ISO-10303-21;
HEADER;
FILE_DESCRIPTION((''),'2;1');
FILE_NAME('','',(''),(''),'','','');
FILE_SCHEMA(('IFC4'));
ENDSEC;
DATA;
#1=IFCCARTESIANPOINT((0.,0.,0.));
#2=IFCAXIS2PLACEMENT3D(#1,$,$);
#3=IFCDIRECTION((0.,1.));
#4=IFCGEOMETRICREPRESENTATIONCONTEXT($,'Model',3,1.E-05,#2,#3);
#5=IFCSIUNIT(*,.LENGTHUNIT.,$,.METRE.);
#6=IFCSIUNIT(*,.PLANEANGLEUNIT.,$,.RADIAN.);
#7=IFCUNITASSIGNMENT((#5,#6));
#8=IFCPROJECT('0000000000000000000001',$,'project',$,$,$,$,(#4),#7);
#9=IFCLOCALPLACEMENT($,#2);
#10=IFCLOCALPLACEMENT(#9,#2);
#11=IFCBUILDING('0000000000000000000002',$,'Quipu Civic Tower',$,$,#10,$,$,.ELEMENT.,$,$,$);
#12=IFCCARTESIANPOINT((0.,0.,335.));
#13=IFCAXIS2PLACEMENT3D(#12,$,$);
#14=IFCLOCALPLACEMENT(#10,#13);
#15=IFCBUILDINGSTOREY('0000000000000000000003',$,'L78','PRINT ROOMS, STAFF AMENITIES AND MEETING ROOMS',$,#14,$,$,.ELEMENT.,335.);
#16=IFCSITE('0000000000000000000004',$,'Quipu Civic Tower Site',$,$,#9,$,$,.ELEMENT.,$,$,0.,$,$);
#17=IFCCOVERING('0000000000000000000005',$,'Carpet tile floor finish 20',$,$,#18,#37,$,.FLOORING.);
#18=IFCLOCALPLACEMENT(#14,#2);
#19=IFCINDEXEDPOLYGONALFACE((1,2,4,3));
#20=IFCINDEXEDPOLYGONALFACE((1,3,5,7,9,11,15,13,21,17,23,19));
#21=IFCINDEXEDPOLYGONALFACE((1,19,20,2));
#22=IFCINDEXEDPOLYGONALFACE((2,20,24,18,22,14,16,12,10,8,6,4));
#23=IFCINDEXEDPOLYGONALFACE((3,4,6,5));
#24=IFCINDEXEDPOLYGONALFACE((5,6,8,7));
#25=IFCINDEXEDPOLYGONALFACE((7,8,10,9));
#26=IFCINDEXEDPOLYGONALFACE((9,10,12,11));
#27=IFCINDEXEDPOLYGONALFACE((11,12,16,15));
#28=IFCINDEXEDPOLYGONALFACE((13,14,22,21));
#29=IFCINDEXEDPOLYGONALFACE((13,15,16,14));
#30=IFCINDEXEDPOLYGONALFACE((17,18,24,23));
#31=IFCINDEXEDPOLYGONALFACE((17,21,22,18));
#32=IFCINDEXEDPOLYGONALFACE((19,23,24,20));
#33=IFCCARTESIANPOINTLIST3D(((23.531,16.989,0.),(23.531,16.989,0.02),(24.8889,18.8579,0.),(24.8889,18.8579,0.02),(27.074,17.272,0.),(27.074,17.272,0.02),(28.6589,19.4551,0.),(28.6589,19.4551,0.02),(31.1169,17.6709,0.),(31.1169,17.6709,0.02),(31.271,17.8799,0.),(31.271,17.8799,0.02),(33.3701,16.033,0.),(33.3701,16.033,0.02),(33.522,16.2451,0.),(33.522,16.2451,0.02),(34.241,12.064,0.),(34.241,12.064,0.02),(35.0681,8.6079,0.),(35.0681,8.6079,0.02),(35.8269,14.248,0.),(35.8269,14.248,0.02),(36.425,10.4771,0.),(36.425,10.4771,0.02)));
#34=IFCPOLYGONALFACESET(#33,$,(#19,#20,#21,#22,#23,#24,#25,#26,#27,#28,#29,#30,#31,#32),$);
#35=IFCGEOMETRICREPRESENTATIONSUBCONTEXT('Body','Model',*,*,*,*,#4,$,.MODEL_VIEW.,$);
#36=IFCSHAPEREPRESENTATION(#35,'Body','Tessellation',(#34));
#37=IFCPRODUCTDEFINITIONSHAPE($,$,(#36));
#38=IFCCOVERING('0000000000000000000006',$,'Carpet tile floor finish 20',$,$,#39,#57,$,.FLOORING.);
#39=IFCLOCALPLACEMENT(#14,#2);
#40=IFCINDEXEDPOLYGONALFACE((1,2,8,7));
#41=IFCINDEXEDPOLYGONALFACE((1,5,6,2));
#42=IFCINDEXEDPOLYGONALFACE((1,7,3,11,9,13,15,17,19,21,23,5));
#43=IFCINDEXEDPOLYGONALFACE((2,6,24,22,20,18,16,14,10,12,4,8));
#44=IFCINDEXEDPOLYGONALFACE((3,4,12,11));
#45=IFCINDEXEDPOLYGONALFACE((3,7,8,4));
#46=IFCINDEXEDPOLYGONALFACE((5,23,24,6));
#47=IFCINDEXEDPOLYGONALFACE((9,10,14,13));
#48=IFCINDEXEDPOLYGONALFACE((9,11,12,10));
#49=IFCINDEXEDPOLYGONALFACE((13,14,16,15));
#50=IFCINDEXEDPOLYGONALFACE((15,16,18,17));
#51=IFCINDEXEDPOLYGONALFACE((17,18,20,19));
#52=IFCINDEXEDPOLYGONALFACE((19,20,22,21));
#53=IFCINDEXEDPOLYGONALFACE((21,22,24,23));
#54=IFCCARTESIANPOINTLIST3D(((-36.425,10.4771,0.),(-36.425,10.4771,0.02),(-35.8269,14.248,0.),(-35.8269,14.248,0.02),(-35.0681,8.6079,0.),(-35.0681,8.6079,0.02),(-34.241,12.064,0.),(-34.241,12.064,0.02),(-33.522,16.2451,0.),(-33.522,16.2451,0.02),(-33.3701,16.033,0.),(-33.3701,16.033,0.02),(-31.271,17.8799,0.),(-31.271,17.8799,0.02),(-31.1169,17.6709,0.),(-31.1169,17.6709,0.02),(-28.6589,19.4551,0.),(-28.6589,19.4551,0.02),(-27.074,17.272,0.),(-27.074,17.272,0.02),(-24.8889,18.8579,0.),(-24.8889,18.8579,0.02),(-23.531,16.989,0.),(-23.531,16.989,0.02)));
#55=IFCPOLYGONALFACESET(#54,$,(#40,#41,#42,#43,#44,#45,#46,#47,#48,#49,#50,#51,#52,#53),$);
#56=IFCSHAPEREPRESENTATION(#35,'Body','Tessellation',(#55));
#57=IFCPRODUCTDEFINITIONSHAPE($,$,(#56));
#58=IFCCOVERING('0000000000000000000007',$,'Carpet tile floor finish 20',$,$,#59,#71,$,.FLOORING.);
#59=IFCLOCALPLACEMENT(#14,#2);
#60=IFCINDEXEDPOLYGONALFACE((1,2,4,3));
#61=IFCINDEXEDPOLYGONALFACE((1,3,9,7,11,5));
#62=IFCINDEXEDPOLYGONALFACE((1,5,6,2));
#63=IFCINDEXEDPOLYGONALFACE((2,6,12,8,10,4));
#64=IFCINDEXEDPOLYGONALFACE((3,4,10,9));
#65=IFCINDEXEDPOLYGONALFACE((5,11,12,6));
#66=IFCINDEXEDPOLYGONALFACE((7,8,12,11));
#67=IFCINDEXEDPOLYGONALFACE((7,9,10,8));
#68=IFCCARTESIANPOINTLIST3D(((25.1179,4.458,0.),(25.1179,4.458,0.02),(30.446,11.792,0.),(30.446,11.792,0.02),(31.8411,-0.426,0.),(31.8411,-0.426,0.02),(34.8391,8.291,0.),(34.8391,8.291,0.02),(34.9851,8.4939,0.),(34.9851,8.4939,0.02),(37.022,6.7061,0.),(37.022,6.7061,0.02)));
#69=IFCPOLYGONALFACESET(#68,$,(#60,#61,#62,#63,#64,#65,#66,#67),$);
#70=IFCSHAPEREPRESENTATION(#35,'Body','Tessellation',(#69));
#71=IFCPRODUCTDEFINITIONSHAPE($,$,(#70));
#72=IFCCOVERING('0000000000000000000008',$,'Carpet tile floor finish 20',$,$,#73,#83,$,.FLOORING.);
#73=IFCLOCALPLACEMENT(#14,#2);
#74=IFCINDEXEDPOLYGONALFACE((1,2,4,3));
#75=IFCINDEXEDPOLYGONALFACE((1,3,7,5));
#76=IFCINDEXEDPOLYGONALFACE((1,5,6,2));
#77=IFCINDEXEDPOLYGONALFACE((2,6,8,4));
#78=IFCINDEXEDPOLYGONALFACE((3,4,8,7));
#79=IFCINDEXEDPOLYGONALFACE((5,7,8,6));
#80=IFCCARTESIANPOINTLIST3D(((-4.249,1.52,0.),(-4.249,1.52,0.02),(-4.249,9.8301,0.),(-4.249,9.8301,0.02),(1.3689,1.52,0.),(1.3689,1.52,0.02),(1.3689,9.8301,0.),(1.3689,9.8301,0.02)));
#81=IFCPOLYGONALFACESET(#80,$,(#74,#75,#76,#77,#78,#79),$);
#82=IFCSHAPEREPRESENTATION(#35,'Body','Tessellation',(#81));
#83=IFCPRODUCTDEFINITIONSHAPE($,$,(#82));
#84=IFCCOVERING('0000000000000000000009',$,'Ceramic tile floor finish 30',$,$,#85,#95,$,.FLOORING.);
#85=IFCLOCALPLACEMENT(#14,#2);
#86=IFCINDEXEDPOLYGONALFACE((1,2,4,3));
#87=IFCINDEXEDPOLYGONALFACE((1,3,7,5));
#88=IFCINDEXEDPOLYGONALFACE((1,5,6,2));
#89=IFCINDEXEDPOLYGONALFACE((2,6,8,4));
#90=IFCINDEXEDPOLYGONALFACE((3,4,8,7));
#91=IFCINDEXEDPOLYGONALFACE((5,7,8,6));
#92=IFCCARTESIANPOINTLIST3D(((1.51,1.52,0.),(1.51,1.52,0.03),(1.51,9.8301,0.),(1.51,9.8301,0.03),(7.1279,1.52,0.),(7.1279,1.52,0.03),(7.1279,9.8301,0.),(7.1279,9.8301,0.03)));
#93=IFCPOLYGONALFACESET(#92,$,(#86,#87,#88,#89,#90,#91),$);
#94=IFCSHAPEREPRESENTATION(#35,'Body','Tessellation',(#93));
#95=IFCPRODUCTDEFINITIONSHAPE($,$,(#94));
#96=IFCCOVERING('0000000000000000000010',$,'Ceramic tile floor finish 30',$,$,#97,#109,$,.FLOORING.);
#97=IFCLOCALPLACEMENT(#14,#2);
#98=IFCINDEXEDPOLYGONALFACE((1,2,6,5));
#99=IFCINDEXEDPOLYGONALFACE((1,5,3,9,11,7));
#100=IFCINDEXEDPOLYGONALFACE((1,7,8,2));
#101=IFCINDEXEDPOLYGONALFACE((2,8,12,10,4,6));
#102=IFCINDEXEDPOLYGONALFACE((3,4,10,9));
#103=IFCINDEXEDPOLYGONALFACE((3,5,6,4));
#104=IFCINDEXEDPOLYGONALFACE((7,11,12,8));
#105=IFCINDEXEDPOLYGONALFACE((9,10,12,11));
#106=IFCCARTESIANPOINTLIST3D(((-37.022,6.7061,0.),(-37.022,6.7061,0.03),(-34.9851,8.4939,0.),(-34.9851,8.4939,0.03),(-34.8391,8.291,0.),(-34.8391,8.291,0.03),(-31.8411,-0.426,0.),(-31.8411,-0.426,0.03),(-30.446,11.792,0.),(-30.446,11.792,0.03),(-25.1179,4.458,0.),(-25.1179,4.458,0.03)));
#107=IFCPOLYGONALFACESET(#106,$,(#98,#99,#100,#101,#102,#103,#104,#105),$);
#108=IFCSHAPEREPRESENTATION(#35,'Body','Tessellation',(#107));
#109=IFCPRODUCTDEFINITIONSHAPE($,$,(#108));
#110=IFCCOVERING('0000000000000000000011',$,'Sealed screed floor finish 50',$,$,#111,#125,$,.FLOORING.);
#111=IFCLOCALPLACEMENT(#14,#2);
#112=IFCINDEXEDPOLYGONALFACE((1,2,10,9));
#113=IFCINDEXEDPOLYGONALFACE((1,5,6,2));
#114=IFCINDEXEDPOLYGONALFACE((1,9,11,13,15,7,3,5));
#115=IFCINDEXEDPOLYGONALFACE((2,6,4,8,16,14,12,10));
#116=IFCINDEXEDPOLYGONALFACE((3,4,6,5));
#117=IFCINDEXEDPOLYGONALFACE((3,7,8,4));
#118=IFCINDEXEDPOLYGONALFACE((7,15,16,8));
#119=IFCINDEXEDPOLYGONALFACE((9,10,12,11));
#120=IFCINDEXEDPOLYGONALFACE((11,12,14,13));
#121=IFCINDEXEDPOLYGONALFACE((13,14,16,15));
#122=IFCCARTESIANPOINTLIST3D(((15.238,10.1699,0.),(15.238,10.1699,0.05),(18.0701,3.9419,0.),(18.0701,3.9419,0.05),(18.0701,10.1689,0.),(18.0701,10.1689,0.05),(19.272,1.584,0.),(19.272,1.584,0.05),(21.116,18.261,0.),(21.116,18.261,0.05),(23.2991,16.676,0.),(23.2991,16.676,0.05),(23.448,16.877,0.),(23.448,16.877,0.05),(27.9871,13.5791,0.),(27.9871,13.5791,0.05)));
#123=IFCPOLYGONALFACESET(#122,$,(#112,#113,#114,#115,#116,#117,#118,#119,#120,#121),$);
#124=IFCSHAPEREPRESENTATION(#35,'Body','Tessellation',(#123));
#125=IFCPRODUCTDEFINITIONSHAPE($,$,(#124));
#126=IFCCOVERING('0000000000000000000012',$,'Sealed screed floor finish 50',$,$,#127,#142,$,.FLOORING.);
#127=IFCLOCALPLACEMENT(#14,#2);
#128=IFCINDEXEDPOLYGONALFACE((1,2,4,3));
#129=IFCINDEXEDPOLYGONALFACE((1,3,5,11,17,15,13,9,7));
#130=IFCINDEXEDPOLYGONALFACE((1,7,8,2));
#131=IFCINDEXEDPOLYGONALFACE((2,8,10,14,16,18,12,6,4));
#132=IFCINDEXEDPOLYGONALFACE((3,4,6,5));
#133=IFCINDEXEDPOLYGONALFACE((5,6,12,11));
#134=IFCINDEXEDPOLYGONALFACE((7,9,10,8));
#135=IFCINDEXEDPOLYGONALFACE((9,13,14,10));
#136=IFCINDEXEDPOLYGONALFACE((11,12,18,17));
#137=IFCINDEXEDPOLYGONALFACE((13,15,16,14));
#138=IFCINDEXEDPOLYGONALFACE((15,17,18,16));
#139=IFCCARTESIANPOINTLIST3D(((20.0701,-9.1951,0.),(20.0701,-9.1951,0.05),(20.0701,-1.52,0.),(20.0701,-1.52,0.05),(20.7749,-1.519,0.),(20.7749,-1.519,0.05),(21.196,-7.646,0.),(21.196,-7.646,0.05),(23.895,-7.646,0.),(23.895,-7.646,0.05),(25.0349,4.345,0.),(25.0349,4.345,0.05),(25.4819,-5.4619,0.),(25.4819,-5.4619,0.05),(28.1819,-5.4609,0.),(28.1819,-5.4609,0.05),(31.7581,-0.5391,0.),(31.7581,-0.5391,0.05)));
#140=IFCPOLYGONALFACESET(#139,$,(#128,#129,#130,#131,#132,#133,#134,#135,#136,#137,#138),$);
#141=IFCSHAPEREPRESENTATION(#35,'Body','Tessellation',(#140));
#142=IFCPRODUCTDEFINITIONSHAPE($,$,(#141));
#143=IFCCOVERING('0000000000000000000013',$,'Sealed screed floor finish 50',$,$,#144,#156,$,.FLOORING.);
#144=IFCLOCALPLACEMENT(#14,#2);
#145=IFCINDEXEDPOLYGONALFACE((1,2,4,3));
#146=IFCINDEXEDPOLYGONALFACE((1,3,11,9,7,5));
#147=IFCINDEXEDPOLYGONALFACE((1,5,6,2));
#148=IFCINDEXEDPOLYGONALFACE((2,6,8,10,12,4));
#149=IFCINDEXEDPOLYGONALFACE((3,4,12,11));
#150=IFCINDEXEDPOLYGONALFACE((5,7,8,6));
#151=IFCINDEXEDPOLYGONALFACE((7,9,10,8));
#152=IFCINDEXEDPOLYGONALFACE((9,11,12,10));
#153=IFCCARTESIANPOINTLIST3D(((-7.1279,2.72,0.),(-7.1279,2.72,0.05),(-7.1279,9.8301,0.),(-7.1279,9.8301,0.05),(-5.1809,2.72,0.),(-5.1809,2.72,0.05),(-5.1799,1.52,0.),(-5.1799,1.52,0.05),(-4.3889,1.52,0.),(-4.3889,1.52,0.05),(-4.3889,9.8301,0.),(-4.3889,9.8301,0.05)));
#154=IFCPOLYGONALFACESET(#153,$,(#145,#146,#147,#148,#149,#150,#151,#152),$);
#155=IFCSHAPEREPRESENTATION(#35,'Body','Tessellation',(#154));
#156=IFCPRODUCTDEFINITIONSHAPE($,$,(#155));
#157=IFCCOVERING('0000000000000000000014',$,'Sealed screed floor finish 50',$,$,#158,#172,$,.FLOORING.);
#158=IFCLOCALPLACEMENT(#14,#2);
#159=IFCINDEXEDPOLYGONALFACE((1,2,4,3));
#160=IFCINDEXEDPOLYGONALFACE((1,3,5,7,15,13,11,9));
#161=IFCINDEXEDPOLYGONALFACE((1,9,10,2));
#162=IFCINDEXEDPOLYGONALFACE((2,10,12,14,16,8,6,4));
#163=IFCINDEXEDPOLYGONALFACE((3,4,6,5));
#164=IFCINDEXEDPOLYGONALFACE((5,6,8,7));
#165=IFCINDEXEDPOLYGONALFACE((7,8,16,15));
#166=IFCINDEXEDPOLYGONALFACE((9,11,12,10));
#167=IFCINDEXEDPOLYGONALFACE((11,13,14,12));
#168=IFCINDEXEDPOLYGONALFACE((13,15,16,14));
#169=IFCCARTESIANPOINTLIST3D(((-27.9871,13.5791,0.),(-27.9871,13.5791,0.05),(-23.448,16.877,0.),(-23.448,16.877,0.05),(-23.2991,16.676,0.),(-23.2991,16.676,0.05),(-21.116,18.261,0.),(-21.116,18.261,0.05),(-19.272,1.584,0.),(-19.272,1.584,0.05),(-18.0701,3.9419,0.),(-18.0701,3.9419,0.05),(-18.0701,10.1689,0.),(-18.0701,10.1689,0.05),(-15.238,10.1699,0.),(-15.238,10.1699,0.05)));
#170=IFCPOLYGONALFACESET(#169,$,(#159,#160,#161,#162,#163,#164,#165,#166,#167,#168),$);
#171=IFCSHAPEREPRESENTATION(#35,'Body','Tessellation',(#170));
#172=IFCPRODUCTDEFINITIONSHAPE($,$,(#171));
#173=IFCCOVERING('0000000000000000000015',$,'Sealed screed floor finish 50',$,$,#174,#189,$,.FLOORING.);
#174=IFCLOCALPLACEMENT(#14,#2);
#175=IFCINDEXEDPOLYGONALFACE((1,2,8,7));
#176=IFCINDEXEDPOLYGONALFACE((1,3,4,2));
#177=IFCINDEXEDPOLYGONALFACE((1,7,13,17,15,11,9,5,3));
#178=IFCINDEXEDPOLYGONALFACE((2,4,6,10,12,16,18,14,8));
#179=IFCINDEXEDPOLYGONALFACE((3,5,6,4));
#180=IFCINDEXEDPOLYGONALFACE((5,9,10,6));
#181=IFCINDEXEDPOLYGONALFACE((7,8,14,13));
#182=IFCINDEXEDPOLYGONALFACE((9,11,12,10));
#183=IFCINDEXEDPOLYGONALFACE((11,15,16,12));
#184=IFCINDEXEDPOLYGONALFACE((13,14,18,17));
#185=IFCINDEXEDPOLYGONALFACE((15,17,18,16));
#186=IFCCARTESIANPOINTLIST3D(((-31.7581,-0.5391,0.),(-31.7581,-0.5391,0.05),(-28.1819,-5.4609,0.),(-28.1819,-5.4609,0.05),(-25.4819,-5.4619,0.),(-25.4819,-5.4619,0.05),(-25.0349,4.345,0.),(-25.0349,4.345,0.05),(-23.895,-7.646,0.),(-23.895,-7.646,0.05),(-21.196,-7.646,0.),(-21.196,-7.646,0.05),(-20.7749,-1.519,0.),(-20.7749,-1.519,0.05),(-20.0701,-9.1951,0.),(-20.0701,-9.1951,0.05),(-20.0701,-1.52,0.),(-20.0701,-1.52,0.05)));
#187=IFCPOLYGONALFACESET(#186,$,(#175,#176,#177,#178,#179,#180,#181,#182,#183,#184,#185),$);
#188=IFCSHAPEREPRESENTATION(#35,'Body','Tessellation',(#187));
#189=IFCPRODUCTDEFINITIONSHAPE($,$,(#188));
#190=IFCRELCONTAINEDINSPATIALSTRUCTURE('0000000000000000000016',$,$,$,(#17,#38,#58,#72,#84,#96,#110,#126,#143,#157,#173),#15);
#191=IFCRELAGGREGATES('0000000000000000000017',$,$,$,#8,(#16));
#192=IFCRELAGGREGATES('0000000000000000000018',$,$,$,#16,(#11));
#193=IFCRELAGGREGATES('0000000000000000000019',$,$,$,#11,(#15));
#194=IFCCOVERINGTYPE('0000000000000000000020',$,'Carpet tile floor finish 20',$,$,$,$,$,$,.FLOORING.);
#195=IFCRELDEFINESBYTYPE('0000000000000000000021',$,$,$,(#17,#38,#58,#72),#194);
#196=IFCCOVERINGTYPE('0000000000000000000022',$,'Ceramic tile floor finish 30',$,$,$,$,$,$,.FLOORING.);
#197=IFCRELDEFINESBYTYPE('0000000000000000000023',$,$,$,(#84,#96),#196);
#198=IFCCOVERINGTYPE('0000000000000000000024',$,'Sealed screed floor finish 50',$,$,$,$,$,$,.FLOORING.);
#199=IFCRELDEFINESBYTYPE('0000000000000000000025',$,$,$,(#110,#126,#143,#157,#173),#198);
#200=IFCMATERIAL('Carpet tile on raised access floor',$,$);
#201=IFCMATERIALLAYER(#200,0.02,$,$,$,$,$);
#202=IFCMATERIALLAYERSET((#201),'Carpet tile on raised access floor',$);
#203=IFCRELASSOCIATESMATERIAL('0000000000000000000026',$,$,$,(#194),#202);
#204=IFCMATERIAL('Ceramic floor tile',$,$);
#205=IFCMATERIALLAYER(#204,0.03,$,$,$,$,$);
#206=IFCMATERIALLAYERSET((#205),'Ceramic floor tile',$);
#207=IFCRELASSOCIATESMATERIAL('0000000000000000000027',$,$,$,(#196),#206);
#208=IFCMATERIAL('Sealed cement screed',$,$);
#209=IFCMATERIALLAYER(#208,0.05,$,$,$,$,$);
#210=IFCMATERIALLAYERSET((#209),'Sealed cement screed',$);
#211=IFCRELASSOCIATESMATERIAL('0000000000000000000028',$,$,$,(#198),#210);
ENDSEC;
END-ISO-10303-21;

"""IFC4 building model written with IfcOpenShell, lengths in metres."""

from ifc_helpers import new_model, si_unit, direction, frame, origin, place, context, subcontext, project, spatial, polyline, outline, extrude, material, layer, layer_set, type_object, element, save


model = new_model("IFC4")

# Units and contexts
model_context = context("Model", 3, precision=1e-05, world=origin(), true_north=direction((0.0, 1.0)))
body_context = subcontext(model_context, "Body", "Model", "MODEL_VIEW")
ifc_project = project(units=[si_unit("LENGTHUNIT", "METRE"), si_unit("PLANEANGLEUNIT", "RADIAN")], contexts=[model_context])

# Site, building, storey
site_placement = place(None, origin())
site = spatial("IfcSite", under=ifc_project, at=site_placement, Name="Quipu Civic Tower Site", CompositionType="ELEMENT", RefElevation=0.0)
building_placement = place(site_placement, origin())
building = spatial("IfcBuilding", under=site, at=building_placement, Name="Quipu Civic Tower", CompositionType="ELEMENT")
storey_placement = place(building_placement, frame((0.0, 0.0, 335.0)))
storey = spatial("IfcBuildingStorey", under=building, at=storey_placement, Name="L78", Description="PRINT ROOMS, STAFF AMENITIES AND MEETING ROOMS", CompositionType="ELEMENT", Elevation=335.0)

# Coverings
ifc_material_1 = material(Name="Carpet tile on raised access floor")
ifc_layer_1 = layer(ifc_material_1, 0.02)
ifc_layer_set_1 = layer_set([ifc_layer_1], Name="Carpet tile on raised access floor")
covering_type_1 = type_object("IfcCoveringType", Name="Carpet tile floor finish 20", PredefinedType="FLOORING", material=ifc_layer_set_1)
covering_1_placement = place(storey_placement, origin())
element("IfcCovering", 1, at=covering_1_placement, inside=storey, type_object=covering_type_1, Name="Carpet tile floor finish 20", PredefinedType="FLOORING", context=body_context, shape_type="SweptSolid", body=[
    extrude(outline(polyline([(23.531, 16.989), (24.8889, 18.8579), (27.074, 17.272), (28.6589, 19.4551), (31.1169, 17.6709), (31.271, 17.8799), (33.522, 16.2451), (33.3701, 16.033), (35.8269, 14.248), (34.241, 12.064), (36.425, 10.4771), (35.0681, 8.6079), (23.531, 16.989)])), origin(), (0.0, 0.0, 1.0), 0.02),
])
covering_2_placement = place(storey_placement, origin())
element("IfcCovering", 2, at=covering_2_placement, inside=storey, type_object=covering_type_1, Name="Carpet tile floor finish 20", PredefinedType="FLOORING", context=body_context, shape_type="SweptSolid", body=[
    extrude(outline(polyline([(-36.425, 10.4771), (-34.241, 12.064), (-35.8269, 14.248), (-33.3701, 16.033), (-33.522, 16.2451), (-31.271, 17.8799), (-31.1169, 17.6709), (-28.6589, 19.4551), (-27.074, 17.272), (-24.8889, 18.8579), (-23.531, 16.989), (-35.0681, 8.6079), (-36.425, 10.4771)])), origin(), (0.0, 0.0, 1.0), 0.02),
])
covering_3_placement = place(storey_placement, origin())
element("IfcCovering", 3, at=covering_3_placement, inside=storey, type_object=covering_type_1, Name="Carpet tile floor finish 20", PredefinedType="FLOORING", context=body_context, shape_type="SweptSolid", body=[
    extrude(outline(polyline([(25.1179, 4.458), (30.446, 11.792), (34.9851, 8.4939), (34.8391, 8.291), (37.022, 6.7061), (31.8411, -0.426), (25.1179, 4.458)])), origin(), (0.0, 0.0, 1.0), 0.02),
])
covering_4_placement = place(storey_placement, origin())
element("IfcCovering", 4, at=covering_4_placement, inside=storey, type_object=covering_type_1, Name="Carpet tile floor finish 20", PredefinedType="FLOORING", context=body_context, shape_type="SweptSolid", body=[
    extrude(outline(polyline([(-4.249, 9.8301), (1.3689, 9.8301), (1.3689, 1.52), (-4.249, 1.52), (-4.249, 9.8301)])), origin(), (0.0, 0.0, 1.0), 0.02),
])
ifc_material_2 = material(Name="Ceramic floor tile")
ifc_layer_2 = layer(ifc_material_2, 0.03)
ifc_layer_set_2 = layer_set([ifc_layer_2], Name="Ceramic floor tile")
covering_type_2 = type_object("IfcCoveringType", Name="Ceramic tile floor finish 30", PredefinedType="FLOORING", material=ifc_layer_set_2)
covering_5_placement = place(storey_placement, origin())
element("IfcCovering", 5, at=covering_5_placement, inside=storey, type_object=covering_type_2, Name="Ceramic tile floor finish 30", PredefinedType="FLOORING", context=body_context, shape_type="SweptSolid", body=[
    extrude(outline(polyline([(1.51, 9.8301), (7.1279, 9.8301), (7.1279, 1.52), (1.51, 1.52), (1.51, 9.8301)])), origin(), (0.0, 0.0, 1.0), 0.03),
])
covering_6_placement = place(storey_placement, origin())
element("IfcCovering", 6, at=covering_6_placement, inside=storey, type_object=covering_type_2, Name="Ceramic tile floor finish 30", PredefinedType="FLOORING", context=body_context, shape_type="SweptSolid", body=[
    extrude(outline(polyline([(-37.022, 6.7061), (-34.8391, 8.291), (-34.9851, 8.4939), (-30.446, 11.792), (-25.1179, 4.458), (-31.8411, -0.426), (-37.022, 6.7061)])), origin(), (0.0, 0.0, 1.0), 0.03),
])
ifc_material_3 = material(Name="Sealed cement screed")
ifc_layer_3 = layer(ifc_material_3, 0.05)
ifc_layer_set_3 = layer_set([ifc_layer_3], Name="Sealed cement screed")
covering_type_3 = type_object("IfcCoveringType", Name="Sealed screed floor finish 50", PredefinedType="FLOORING", material=ifc_layer_set_3)
covering_7_placement = place(storey_placement, origin())
element("IfcCovering", 7, at=covering_7_placement, inside=storey, type_object=covering_type_3, Name="Sealed screed floor finish 50", PredefinedType="FLOORING", context=body_context, shape_type="SweptSolid", body=[
    extrude(outline(polyline([(15.238, 10.1699), (21.116, 18.261), (23.2991, 16.676), (23.448, 16.877), (27.9871, 13.5791), (19.272, 1.584), (18.0701, 3.9419), (18.0701, 10.1689), (15.238, 10.1699)])), origin(), (0.0, 0.0, 1.0), 0.05),
])
covering_8_placement = place(storey_placement, origin())
element("IfcCovering", 8, at=covering_8_placement, inside=storey, type_object=covering_type_3, Name="Sealed screed floor finish 50", PredefinedType="FLOORING", context=body_context, shape_type="SweptSolid", body=[
    extrude(outline(polyline([(20.0701, -9.1951), (20.0701, -1.52), (20.7749, -1.519), (25.0349, 4.345), (31.7581, -0.5391), (28.1819, -5.4609), (25.4819, -5.4619), (23.895, -7.646), (21.196, -7.646), (20.0701, -9.1951)])), origin(), (0.0, 0.0, 1.0), 0.05),
])
covering_9_placement = place(storey_placement, origin())
element("IfcCovering", 9, at=covering_9_placement, inside=storey, type_object=covering_type_3, Name="Sealed screed floor finish 50", PredefinedType="FLOORING", context=body_context, shape_type="SweptSolid", body=[
    extrude(outline(polyline([(-7.1279, 2.72), (-7.1279, 9.8301), (-4.3889, 9.8301), (-4.3889, 1.52), (-5.1799, 1.52), (-5.1809, 2.72), (-7.1279, 2.72)])), origin(), (0.0, 0.0, 1.0), 0.05),
])
covering_10_placement = place(storey_placement, origin())
element("IfcCovering", 10, at=covering_10_placement, inside=storey, type_object=covering_type_3, Name="Sealed screed floor finish 50", PredefinedType="FLOORING", context=body_context, shape_type="SweptSolid", body=[
    extrude(outline(polyline([(-27.9871, 13.5791), (-23.448, 16.877), (-23.2991, 16.676), (-21.116, 18.261), (-15.238, 10.1699), (-18.0701, 10.1689), (-18.0701, 3.9419), (-19.272, 1.584), (-27.9871, 13.5791)])), origin(), (0.0, 0.0, 1.0), 0.05),
])
covering_11_placement = place(storey_placement, origin())
element("IfcCovering", 11, at=covering_11_placement, inside=storey, type_object=covering_type_3, Name="Sealed screed floor finish 50", PredefinedType="FLOORING", context=body_context, shape_type="SweptSolid", body=[
    extrude(outline(polyline([(-31.7581, -0.5391), (-25.0349, 4.345), (-20.7749, -1.519), (-20.0701, -1.52), (-20.0701, -9.1951), (-21.196, -7.646), (-23.895, -7.646), (-25.4819, -5.4619), (-28.1819, -5.4609), (-31.7581, -0.5391)])), origin(), (0.0, 0.0, 1.0), 0.05),
])

save(model, "model.ifc")
